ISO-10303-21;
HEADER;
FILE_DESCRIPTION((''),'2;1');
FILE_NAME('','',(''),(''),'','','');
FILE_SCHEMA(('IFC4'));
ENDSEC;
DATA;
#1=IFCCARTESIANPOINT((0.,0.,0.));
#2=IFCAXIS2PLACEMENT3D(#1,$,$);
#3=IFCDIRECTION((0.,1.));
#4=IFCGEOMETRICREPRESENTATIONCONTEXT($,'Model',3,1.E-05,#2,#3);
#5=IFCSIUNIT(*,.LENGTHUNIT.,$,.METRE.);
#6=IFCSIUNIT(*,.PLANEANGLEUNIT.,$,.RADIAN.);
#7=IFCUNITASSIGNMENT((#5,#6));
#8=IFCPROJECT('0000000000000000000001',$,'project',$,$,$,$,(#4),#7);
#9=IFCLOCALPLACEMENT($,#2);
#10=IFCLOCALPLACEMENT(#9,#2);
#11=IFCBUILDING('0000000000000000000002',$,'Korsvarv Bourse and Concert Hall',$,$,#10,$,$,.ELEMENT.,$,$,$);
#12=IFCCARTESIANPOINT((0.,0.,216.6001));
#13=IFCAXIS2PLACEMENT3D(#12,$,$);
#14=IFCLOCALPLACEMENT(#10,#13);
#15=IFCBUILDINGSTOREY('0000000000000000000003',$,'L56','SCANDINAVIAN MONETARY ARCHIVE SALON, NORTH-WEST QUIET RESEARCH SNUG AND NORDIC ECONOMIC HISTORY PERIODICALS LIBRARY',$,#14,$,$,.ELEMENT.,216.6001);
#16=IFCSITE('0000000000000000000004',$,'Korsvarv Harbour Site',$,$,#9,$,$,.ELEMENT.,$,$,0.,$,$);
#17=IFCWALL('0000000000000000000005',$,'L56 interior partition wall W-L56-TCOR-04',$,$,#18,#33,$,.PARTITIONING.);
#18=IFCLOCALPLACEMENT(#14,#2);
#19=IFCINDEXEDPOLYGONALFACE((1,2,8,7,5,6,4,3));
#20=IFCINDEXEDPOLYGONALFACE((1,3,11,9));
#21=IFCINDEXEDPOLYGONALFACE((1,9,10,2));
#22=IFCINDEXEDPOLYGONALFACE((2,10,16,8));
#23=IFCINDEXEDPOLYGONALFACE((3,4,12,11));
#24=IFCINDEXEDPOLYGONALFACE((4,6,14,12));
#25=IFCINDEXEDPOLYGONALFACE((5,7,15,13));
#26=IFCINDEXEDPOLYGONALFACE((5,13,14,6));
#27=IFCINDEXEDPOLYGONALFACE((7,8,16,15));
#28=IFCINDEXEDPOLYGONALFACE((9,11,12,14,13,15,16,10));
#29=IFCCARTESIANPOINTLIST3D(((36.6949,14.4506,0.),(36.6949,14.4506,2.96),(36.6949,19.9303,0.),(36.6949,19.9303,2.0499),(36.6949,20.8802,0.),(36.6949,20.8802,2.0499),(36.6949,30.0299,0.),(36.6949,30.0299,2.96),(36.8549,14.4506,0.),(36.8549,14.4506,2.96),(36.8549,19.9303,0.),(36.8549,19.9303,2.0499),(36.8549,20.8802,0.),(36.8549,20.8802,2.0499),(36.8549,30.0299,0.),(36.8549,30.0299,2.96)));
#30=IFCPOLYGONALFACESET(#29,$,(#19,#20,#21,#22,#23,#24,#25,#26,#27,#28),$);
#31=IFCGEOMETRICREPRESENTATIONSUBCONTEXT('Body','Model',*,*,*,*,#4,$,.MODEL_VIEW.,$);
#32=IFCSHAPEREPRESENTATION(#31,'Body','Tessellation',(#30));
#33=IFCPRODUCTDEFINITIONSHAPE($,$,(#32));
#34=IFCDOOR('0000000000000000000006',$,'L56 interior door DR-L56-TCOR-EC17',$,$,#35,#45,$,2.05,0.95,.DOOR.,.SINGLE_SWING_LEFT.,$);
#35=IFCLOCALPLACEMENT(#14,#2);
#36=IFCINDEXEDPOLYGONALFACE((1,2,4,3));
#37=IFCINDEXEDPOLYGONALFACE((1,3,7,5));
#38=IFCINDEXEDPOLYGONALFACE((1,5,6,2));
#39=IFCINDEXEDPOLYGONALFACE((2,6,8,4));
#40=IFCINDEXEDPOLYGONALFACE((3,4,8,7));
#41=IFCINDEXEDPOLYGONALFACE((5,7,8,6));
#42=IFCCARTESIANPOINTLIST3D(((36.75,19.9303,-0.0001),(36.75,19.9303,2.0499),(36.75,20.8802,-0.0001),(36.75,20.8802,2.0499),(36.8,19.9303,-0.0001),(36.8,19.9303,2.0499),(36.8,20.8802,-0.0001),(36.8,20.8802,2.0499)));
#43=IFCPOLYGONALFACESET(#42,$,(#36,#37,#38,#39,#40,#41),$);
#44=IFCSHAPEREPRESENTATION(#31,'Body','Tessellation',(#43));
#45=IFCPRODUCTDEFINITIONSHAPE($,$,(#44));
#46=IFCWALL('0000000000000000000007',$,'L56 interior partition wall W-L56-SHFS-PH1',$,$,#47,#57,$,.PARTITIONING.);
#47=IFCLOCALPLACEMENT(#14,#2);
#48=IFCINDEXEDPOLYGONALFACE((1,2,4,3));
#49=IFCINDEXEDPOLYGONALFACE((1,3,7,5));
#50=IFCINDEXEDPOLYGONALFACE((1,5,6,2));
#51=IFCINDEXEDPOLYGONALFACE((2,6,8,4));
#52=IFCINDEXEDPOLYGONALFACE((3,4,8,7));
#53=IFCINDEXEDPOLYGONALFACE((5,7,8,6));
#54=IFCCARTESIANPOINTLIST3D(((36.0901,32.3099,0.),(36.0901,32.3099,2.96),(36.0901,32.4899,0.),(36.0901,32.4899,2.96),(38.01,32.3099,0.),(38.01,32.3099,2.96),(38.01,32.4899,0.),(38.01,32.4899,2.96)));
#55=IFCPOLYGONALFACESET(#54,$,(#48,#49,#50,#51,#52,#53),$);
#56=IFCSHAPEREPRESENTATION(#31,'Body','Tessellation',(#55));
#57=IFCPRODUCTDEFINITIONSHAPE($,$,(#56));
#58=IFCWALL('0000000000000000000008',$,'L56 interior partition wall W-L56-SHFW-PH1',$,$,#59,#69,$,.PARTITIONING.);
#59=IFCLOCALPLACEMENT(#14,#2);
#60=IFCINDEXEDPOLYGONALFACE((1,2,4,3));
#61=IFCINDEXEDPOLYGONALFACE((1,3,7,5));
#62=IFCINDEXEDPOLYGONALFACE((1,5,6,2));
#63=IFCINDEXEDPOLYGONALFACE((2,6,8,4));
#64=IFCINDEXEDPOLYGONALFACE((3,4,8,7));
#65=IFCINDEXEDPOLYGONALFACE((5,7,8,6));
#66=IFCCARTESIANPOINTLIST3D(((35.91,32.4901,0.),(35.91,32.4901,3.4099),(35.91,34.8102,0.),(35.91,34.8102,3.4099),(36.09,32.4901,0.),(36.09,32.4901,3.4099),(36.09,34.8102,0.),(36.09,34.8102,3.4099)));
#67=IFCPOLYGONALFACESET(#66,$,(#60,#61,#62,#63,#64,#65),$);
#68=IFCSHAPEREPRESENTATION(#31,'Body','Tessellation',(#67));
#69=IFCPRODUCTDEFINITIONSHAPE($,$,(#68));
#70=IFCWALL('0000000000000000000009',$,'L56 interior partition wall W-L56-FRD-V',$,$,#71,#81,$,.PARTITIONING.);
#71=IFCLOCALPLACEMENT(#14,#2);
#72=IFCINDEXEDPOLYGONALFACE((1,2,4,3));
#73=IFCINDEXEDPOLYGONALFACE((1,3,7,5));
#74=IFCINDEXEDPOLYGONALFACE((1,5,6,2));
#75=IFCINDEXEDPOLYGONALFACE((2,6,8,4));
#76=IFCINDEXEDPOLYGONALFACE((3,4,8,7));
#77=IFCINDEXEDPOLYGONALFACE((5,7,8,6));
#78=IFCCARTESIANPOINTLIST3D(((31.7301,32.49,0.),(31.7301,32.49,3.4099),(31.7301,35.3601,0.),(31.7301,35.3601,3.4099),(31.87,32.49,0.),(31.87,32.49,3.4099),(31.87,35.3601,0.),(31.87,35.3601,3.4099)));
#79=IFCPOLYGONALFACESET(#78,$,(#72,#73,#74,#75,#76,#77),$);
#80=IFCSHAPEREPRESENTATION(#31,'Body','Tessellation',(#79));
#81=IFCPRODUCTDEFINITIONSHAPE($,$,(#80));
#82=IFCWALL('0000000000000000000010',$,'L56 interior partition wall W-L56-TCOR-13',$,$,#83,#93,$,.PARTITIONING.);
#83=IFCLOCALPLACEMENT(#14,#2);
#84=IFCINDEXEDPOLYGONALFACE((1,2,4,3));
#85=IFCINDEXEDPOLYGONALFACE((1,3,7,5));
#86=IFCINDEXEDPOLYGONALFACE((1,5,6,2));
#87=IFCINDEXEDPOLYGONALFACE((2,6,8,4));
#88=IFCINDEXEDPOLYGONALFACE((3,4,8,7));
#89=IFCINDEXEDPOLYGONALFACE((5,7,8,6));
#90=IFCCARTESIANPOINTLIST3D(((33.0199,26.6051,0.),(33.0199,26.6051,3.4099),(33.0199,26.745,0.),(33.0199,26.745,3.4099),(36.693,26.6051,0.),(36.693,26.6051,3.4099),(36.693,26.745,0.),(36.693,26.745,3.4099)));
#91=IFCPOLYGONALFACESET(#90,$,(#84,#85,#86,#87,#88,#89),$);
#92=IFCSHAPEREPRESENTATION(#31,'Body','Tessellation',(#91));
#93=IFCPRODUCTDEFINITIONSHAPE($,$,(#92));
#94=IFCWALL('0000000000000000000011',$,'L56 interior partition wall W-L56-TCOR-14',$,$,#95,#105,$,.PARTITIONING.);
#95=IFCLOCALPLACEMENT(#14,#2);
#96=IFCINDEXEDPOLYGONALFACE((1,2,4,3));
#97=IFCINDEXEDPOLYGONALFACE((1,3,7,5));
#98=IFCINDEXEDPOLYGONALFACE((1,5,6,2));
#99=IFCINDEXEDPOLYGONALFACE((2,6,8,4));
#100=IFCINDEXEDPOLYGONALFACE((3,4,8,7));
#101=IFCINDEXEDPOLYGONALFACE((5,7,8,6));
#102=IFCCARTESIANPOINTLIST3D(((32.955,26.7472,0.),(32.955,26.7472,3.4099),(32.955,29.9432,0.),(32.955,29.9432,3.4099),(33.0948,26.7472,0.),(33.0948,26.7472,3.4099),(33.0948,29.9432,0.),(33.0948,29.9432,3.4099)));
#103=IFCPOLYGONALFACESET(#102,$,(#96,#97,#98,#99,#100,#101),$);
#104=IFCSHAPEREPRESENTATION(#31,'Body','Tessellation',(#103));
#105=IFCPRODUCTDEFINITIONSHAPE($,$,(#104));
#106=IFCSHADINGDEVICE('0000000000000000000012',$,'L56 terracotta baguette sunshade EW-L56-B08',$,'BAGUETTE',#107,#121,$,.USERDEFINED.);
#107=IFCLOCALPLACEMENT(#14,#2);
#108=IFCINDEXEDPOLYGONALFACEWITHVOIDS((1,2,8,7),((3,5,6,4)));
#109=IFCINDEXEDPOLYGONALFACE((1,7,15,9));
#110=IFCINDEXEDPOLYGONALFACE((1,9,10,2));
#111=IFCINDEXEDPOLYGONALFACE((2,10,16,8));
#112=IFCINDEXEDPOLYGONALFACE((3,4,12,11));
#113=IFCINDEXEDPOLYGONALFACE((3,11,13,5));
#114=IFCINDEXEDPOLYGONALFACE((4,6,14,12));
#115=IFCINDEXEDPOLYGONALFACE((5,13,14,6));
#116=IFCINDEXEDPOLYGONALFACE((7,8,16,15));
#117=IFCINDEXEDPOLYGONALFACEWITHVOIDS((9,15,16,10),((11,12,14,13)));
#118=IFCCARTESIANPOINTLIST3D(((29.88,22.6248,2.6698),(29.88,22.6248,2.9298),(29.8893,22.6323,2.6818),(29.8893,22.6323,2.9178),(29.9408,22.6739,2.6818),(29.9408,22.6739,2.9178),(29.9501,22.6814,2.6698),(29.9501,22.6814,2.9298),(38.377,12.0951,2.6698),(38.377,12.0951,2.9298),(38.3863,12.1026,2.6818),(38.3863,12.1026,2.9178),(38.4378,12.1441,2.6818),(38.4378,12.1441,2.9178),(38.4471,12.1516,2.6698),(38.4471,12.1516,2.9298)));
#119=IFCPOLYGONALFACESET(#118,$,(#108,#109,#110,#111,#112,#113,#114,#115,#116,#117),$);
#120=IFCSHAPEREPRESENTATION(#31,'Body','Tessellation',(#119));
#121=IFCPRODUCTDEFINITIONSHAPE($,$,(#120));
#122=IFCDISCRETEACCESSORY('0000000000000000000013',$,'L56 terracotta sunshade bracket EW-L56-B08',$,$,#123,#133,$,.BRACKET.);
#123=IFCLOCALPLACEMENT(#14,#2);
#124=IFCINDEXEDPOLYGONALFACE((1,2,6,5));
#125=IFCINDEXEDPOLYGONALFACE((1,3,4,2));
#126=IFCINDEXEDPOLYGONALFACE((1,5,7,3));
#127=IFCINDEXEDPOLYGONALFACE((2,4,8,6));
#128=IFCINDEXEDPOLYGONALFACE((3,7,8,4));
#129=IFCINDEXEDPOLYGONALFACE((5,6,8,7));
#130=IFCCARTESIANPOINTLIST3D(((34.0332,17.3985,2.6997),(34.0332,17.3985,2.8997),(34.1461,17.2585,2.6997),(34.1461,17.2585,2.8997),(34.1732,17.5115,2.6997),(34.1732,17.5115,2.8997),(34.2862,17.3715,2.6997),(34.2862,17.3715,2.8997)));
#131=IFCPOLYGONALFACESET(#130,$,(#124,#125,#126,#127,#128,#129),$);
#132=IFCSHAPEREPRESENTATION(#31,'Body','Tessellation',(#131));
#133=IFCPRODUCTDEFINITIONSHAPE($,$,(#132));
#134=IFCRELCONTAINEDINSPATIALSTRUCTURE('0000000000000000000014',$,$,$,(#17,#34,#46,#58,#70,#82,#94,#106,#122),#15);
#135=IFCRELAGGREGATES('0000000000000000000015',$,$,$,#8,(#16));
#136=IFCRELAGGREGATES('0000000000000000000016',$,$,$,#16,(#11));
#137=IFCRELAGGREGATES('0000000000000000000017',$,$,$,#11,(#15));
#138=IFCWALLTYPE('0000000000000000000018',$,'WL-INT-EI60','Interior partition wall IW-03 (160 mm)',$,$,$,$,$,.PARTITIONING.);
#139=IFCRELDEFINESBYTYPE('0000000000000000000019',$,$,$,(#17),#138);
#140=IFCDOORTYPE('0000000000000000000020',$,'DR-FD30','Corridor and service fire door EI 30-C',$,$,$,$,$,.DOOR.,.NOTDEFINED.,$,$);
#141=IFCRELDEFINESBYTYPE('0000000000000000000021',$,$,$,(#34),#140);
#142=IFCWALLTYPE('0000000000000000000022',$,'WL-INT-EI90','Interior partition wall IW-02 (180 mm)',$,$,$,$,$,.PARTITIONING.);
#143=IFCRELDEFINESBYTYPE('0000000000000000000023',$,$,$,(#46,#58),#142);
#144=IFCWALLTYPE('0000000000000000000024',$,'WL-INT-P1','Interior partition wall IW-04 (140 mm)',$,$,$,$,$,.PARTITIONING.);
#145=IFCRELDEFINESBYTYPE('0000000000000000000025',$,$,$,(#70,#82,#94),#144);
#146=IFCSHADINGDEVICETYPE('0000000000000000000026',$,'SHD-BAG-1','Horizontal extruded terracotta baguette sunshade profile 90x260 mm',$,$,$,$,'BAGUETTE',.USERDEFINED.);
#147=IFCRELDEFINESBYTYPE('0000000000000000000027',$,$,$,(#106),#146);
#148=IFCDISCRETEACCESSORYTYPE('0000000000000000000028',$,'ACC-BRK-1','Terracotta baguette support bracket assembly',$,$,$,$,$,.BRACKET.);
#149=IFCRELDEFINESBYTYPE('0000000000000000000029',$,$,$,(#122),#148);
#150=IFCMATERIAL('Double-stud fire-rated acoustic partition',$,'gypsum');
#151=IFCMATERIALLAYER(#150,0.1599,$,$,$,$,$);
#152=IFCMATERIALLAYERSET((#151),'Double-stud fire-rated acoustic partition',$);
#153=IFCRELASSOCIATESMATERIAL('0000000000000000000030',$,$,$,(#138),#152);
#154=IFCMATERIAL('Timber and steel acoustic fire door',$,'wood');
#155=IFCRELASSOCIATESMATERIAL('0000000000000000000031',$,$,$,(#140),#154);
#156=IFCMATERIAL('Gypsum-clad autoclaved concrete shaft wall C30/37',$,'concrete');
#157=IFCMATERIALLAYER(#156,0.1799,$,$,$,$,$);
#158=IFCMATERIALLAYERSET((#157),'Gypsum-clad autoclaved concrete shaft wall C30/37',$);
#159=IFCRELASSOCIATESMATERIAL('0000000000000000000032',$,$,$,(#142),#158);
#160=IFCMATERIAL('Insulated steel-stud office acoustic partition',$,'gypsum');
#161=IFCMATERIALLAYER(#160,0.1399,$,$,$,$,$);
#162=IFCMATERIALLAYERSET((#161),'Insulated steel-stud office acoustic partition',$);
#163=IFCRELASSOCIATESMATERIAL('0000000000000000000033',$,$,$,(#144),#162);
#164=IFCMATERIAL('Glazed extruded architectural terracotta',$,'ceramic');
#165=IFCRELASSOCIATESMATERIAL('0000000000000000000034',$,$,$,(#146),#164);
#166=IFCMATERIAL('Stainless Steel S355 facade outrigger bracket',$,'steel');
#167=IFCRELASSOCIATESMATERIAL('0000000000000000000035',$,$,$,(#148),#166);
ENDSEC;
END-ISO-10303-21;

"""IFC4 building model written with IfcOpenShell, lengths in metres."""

from ifc_helpers import new_model, si_unit, direction, frame, frame_2d, origin, origin_2d, place, context, subcontext, project, spatial, rectangle, hollow_rectangle, extrude, source, transform, mapped, material, layer, layer_set, material_profile, profile_set, type_object, element, fill, save


model = new_model("IFC4")

# Units and contexts
model_context = context("Model", 3, precision=1e-05, world=origin(), true_north=direction((0.0, 1.0)))
body_context = subcontext(model_context, "Body", "Model", "MODEL_VIEW")
ifc_project = project(units=[si_unit("LENGTHUNIT", "METRE"), si_unit("PLANEANGLEUNIT", "RADIAN")], contexts=[model_context])

# Site, building, storey
site_placement = place(None, origin())
site = spatial("IfcSite", under=ifc_project, at=site_placement, Name="Korsvarv Harbour Site", CompositionType="ELEMENT", RefElevation=0.0)
building_placement = place(site_placement, origin())
building = spatial("IfcBuilding", under=site, at=building_placement, Name="Korsvarv Bourse and Concert Hall", CompositionType="ELEMENT")
storey_placement = place(building_placement, frame((0.0, 0.0, 216.6001)))
storey = spatial("IfcBuildingStorey", under=building, at=storey_placement, Name="L56", Description="SCANDINAVIAN MONETARY ARCHIVE SALON, NORTH-WEST QUIET RESEARCH SNUG AND NORDIC ECONOMIC HISTORY PERIODICALS LIBRARY", CompositionType="ELEMENT", Elevation=216.6001)

# Shared definitions
ifc_material_1 = material(Name="Double-stud fire-rated acoustic partition", Category="gypsum")
ifc_layer_1 = layer(ifc_material_1, 0.1599)
ifc_layer_set_1 = layer_set([ifc_layer_1], Name="Double-stud fire-rated acoustic partition")
wall_type_1 = type_object("IfcWallType", Name="WL-INT-EI60", Description="Interior partition wall IW-03 (160 mm)", PredefinedType="PARTITIONING", material=ifc_layer_set_1)

# Wall, opening, door
wall_1_placement = place(storey_placement, frame((36.7749, 14.4507, 0.0), z_axis=(0.0, 0.0, 1.0), x_axis=(0.0, 1.0, 0.0)))
wall_1 = element("IfcWall", 1, at=wall_1_placement, inside=storey, type_object=wall_type_1, Name="L56 interior partition wall W-L56-TCOR-04", PredefinedType="PARTITIONING", context=body_context, shape_type="SweptSolid", body=[
    extrude(rectangle(XDim=15.5793, YDim=0.1599, at=frame_2d((7.7896, 0.0))), origin(), (0.0, 0.0, 1.0), 2.96),
])
opening_1_placement = place(wall_1_placement, frame((5.4795, 0.0, 0.0)))
opening_1 = element("IfcOpeningElement", 2, at=opening_1_placement, cuts=wall_1, PredefinedType="OPENING", context=body_context, shape_type="SweptSolid", body=[
    extrude(rectangle(XDim=0.95, YDim=2.05, at=frame_2d((0.4751, 1.0249))), frame((0.0, 0.0898, 0.0), z_axis=(0.0, -1.0, 0.0), x_axis=(1.0, 0.0, 0.0)), (0.0, 0.0, 1.0), 0.1799),
])
ifc_material_2 = material(Name="Timber and steel acoustic fire door", Category="wood")
door_type = type_object("IfcDoorType", Name="DR-FD30", Description="Corridor and service fire door EI 30-C", OperationType="NOTDEFINED", PredefinedType="DOOR", material=ifc_material_2)
door_placement = place(opening_1_placement, origin())
door = element("IfcDoor", 3, at=door_placement, inside=storey, type_object=door_type, Name="L56 interior door DR-L56-TCOR-EC17", OperationType="SINGLE_SWING_LEFT", OverallHeight=2.05, OverallWidth=0.95, PredefinedType="DOOR", context=body_context, shape_type="SweptSolid", body=[
    extrude(rectangle(XDim=0.95, YDim=2.05, at=frame_2d((0.4751, 1.0249))), frame((0.0, 0.0249, 0.0), z_axis=(0.0, -1.0, 0.0), x_axis=(1.0, 0.0, 0.0)), (0.0, 0.0, 1.0), 0.05),
])
fill(opening_1, door)

# Walls
ifc_material_3 = material(Name="Gypsum-clad autoclaved concrete shaft wall C30/37", Category="concrete")
ifc_layer_2 = layer(ifc_material_3, 0.1799)
ifc_layer_set_2 = layer_set([ifc_layer_2], Name="Gypsum-clad autoclaved concrete shaft wall C30/37")
wall_type_2 = type_object("IfcWallType", Name="WL-INT-EI90", Description="Interior partition wall IW-02 (180 mm)", PredefinedType="PARTITIONING", material=ifc_layer_set_2)
wall_2_placement = place(storey_placement, frame((36.0901, 32.3999, 0.0), z_axis=(0.0, 0.0, 1.0), x_axis=(1.0, 0.0, 0.0)))
element("IfcWall", 4, at=wall_2_placement, inside=storey, type_object=wall_type_2, Name="L56 interior partition wall W-L56-SHFS-PH1", PredefinedType="PARTITIONING", context=body_context, shape_type="SweptSolid", body=[
    extrude(rectangle(XDim=1.9199, YDim=0.1799, at=frame_2d((0.96, 0.0))), origin(), (0.0, 0.0, 1.0), 2.96),
])
wall_3_placement = place(storey_placement, frame((36.0, 32.49, 0.0), z_axis=(0.0, 0.0, 1.0), x_axis=(0.0, 1.0, 0.0)))
element("IfcWall", 5, at=wall_3_placement, inside=storey, type_object=wall_type_2, Name="L56 interior partition wall W-L56-SHFW-PH1", PredefinedType="PARTITIONING", context=body_context, shape_type="SweptSolid", body=[
    extrude(rectangle(XDim=2.3201, YDim=0.1799, at=frame_2d((1.1602, 0.0))), origin(), (0.0, 0.0, 1.0), 3.4099),
])
ifc_material_4 = material(Name="Insulated steel-stud office acoustic partition", Category="gypsum")
ifc_layer_3 = layer(ifc_material_4, 0.1399)
ifc_layer_set_3 = layer_set([ifc_layer_3], Name="Insulated steel-stud office acoustic partition")
wall_type_3 = type_object("IfcWallType", Name="WL-INT-P1", Description="Interior partition wall IW-04 (140 mm)", PredefinedType="PARTITIONING", material=ifc_layer_set_3)
wall_4_placement = place(storey_placement, frame((31.8, 32.49, 0.0), z_axis=(0.0, 0.0, 1.0), x_axis=(0.0, 1.0, 0.0)))
element("IfcWall", 6, at=wall_4_placement, inside=storey, type_object=wall_type_3, Name="L56 interior partition wall W-L56-FRD-V", PredefinedType="PARTITIONING", context=body_context, shape_type="SweptSolid", body=[
    extrude(rectangle(XDim=2.8701, YDim=0.1399, at=frame_2d((1.4351, 0.0))), origin(), (0.0, 0.0, 1.0), 3.4099),
])
wall_5_placement = place(storey_placement, frame((33.02, 26.675, 0.0), z_axis=(0.0, 0.0, 1.0), x_axis=(1.0, 0.0, 0.0)))
element("IfcWall", 7, at=wall_5_placement, inside=storey, type_object=wall_type_3, Name="L56 interior partition wall W-L56-TCOR-13", PredefinedType="PARTITIONING", context=body_context, shape_type="SweptSolid", body=[
    extrude(rectangle(XDim=3.6731, YDim=0.1399, at=frame_2d((1.8364, 0.0))), origin(), (0.0, 0.0, 1.0), 3.4099),
])
wall_6_placement = place(storey_placement, frame((33.0249, 26.7471, 0.0), z_axis=(0.0, 0.0, 1.0), x_axis=(0.0, 1.0, 0.0)))
element("IfcWall", 8, at=wall_6_placement, inside=storey, type_object=wall_type_3, Name="L56 interior partition wall W-L56-TCOR-14", PredefinedType="PARTITIONING", context=body_context, shape_type="SweptSolid", body=[
    extrude(rectangle(XDim=3.196, YDim=0.1399, at=frame_2d((1.5981, 0.0))), origin(), (0.0, 0.0, 1.0), 3.4099),
])

# Shading device
ifc_material_5 = material(Name="Glazed extruded architectural terracotta", Category="ceramic")
ifc_material_profile_1 = material_profile(ifc_material_5, hollow_rectangle(XDim=0.0901, YDim=0.26, WallThickness=0.012, at=origin_2d()), Name="TC-BAG 90x260")
ifc_profile_set_1 = profile_set([ifc_material_profile_1], Name="Glazed extruded architectural terracotta")
shading_device_type = type_object("IfcShadingDeviceType", Name="SHD-BAG-1", Description="Horizontal extruded terracotta baguette sunshade profile 90x260 mm", ElementType="BAGUETTE", PredefinedType="USERDEFINED", material=ifc_profile_set_1)
shared_shape_1 = source(origin(), body_context, "Body", "SweptSolid", [
    extrude(hollow_rectangle(XDim=0.0901, YDim=0.26, WallThickness=0.012, at=origin_2d()), origin(), (0.0, 0.0, 1.0), 13.5305),
])
shading_device_placement = place(storey_placement, frame((29.915, 22.6531, 2.7998), z_axis=(0.62799, -0.778221, 0.0), x_axis=(0.778221, 0.62799, 0.0)))
element("IfcShadingDevice", 9, at=shading_device_placement, inside=storey, type_object=shading_device_type, Name="L56 terracotta baguette sunshade EW-L56-B08", ObjectType="BAGUETTE", PredefinedType="USERDEFINED", context=body_context, shape_type="MappedRepresentation", body=[
    mapped(shared_shape_1, transform((0.0, 0.0, 0.0), scale=1.0)),
])

# Discrete accessory
ifc_material_6 = material(Name="Stainless Steel S355 facade outrigger bracket", Category="steel")
discrete_accessory_type = type_object("IfcDiscreteAccessoryType", Name="ACC-BRK-1", Description="Terracotta baguette support bracket assembly", PredefinedType="BRACKET", material=ifc_material_6)
shared_shape_2 = source(origin(), body_context, "Body", "SweptSolid", [
    extrude(rectangle(XDim=0.1799, YDim=0.1799, at=origin_2d()), origin(), (0.0, 0.0, 1.0), 0.2),
])
discrete_accessory_placement = place(storey_placement, frame((34.1597, 17.385, 2.6997), z_axis=(0.0, 0.0, 1.0), x_axis=(0.627963, -0.778243, 0.0)))
element("IfcDiscreteAccessory", 10, at=discrete_accessory_placement, inside=storey, type_object=discrete_accessory_type, Name="L56 terracotta sunshade bracket EW-L56-B08", PredefinedType="BRACKET", context=body_context, shape_type="MappedRepresentation", body=[
    mapped(shared_shape_2, transform((0.0, 0.0, 0.0), scale=1.0)),
])

save(model, "model.ifc")
